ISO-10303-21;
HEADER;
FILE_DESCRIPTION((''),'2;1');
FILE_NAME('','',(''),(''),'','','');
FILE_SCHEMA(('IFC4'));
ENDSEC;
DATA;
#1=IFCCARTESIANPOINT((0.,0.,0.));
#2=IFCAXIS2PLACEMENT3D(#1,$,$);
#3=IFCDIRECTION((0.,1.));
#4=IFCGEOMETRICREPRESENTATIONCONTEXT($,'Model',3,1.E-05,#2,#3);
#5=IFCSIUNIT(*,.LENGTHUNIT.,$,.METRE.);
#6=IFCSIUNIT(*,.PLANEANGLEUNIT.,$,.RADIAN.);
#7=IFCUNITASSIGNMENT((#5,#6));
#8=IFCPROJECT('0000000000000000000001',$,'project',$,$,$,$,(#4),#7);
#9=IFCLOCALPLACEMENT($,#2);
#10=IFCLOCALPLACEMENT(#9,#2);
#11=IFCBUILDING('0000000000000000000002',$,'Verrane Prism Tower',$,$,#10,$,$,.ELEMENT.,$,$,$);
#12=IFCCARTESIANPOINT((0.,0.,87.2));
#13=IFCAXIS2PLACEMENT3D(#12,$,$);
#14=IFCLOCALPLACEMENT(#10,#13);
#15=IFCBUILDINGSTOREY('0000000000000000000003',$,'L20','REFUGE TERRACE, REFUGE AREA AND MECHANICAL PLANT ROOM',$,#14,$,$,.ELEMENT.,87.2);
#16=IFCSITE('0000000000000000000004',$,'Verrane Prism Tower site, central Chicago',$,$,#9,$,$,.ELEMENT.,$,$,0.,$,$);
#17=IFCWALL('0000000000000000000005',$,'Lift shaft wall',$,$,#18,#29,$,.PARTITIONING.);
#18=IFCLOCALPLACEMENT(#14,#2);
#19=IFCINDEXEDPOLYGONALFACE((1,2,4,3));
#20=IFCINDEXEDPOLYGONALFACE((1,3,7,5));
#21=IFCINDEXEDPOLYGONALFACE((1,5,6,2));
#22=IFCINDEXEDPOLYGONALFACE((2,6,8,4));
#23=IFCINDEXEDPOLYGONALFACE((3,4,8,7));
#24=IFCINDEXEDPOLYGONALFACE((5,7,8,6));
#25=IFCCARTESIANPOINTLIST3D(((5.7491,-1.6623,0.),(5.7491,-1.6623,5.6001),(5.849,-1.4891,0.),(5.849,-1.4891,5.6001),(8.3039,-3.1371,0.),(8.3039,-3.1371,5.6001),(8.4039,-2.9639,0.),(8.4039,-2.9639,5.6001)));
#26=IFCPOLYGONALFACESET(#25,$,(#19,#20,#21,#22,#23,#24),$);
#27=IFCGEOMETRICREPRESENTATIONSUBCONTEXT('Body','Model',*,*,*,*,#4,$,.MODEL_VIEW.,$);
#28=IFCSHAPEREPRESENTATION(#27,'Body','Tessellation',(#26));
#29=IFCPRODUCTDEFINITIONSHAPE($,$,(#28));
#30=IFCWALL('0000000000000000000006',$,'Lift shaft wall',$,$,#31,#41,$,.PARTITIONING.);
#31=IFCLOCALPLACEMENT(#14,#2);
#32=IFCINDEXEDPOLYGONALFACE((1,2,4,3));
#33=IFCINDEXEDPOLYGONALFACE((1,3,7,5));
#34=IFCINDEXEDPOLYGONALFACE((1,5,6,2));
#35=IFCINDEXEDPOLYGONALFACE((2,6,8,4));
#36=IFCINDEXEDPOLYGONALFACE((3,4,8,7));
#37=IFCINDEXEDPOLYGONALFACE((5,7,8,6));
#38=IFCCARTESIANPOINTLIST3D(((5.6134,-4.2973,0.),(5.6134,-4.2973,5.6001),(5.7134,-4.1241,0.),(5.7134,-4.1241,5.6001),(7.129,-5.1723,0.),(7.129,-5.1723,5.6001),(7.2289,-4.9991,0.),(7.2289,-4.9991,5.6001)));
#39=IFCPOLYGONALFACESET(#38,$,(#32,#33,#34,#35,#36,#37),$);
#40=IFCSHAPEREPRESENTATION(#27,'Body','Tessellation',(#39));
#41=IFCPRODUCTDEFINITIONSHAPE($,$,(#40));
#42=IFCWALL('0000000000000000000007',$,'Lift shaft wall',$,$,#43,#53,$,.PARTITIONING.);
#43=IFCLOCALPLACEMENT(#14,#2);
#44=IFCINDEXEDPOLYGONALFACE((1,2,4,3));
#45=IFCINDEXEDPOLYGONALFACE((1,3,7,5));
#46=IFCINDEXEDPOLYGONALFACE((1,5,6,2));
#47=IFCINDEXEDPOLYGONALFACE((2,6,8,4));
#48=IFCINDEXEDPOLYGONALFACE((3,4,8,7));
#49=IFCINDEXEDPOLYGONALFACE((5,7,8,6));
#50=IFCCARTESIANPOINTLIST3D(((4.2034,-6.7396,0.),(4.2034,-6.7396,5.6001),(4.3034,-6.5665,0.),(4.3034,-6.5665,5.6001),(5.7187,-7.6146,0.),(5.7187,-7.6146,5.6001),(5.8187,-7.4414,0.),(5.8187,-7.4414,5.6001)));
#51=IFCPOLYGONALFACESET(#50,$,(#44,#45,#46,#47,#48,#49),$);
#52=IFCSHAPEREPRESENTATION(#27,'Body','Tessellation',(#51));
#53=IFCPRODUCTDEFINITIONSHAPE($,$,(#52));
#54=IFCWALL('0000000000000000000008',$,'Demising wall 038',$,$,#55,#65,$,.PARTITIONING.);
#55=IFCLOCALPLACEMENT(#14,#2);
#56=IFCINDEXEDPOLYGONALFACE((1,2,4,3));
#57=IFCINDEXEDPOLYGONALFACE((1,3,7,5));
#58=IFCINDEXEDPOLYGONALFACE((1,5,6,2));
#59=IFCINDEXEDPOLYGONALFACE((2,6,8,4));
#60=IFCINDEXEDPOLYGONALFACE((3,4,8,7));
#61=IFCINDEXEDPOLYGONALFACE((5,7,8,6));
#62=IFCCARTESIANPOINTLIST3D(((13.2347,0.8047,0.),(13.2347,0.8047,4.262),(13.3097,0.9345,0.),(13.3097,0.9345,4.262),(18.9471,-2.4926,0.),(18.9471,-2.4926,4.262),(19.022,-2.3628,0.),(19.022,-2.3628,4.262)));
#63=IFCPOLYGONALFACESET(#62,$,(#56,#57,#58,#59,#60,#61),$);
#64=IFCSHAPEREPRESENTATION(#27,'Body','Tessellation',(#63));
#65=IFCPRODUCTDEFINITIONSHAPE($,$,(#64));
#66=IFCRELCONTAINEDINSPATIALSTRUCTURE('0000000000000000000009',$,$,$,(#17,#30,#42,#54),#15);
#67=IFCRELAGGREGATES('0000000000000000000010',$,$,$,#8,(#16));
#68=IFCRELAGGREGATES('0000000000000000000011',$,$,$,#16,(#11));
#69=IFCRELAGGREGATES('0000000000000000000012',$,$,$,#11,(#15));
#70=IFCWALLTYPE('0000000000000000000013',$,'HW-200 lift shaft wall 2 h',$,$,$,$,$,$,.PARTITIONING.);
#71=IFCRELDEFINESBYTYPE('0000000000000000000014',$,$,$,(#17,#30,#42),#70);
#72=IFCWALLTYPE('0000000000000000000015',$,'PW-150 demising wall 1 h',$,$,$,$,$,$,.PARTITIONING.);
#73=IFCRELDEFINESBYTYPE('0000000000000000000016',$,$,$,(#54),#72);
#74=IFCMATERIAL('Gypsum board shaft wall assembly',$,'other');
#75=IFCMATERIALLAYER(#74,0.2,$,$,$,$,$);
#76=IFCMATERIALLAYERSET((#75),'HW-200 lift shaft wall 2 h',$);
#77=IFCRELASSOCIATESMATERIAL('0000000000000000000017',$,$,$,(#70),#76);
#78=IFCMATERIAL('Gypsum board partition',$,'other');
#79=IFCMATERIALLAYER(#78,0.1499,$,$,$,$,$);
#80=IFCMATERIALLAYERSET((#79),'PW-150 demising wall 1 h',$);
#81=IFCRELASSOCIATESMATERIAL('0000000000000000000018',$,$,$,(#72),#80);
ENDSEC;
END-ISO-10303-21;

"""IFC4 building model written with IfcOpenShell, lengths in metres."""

from ifc_helpers import new_model, si_unit, direction, frame, frame_2d, origin, place, context, subcontext, project, spatial, rectangle, extrude, material, layer, layer_set, type_object, element, save


model = new_model("IFC4")

# Units and contexts
model_context = context("Model", 3, precision=1e-05, world=origin(), true_north=direction((0.0, 1.0)))
body_context = subcontext(model_context, "Body", "Model", "MODEL_VIEW")
ifc_project = project(units=[si_unit("LENGTHUNIT", "METRE"), si_unit("PLANEANGLEUNIT", "RADIAN")], contexts=[model_context])

# Site, building, storey
site_placement = place(None, origin())
site = spatial("IfcSite", under=ifc_project, at=site_placement, Name="Verrane Prism Tower site, central Chicago", CompositionType="ELEMENT", RefElevation=0.0)
building_placement = place(site_placement, origin())
building = spatial("IfcBuilding", under=site, at=building_placement, Name="Verrane Prism Tower", CompositionType="ELEMENT")
storey_placement = place(building_placement, frame((0.0, 0.0, 87.2)))
storey = spatial("IfcBuildingStorey", under=building, at=storey_placement, Name="L20", Description="REFUGE TERRACE, REFUGE AREA AND MECHANICAL PLANT ROOM", CompositionType="ELEMENT", Elevation=87.2)

# Walls
ifc_material_1 = material(Name="Gypsum board shaft wall assembly", Category="other")
ifc_layer_1 = layer(ifc_material_1, 0.2)
ifc_layer_set_1 = layer_set([ifc_layer_1], Name="HW-200 lift shaft wall 2 h")
wall_type_1 = type_object("IfcWallType", Name="HW-200 lift shaft wall 2 h", PredefinedType="PARTITIONING", material=ifc_layer_set_1)
wall_1_placement = place(storey_placement, frame((8.354, -3.0505, 0.0), z_axis=(0.0, 0.0, 1.0), x_axis=(-0.86606, 0.49994, 0.0)))
element("IfcWall", 1, at=wall_1_placement, inside=storey, type_object=wall_type_1, Name="Lift shaft wall", PredefinedType="PARTITIONING", context=body_context, shape_type="SweptSolid", body=[
    extrude(rectangle(XDim=2.95, YDim=0.2, at=frame_2d((1.4751, 0.0))), origin(), (0.0, 0.0, 1.0), 5.6001),
])
wall_2_placement = place(storey_placement, frame((7.179, -5.0857, 0.0), z_axis=(0.0, 0.0, 1.0), x_axis=(-0.866037, 0.49998, 0.0)))
element("IfcWall", 2, at=wall_2_placement, inside=storey, type_object=wall_type_1, Name="Lift shaft wall", PredefinedType="PARTITIONING", context=body_context, shape_type="SweptSolid", body=[
    extrude(rectangle(XDim=1.75, YDim=0.2, at=frame_2d((0.875, 0.0))), origin(), (0.0, 0.0, 1.0), 5.6001),
])
wall_3_placement = place(storey_placement, frame((5.7688, -7.5281, 0.0), z_axis=(0.0, 0.0, 1.0), x_axis=(-0.866002, 0.50004, 0.0)))
element("IfcWall", 3, at=wall_3_placement, inside=storey, type_object=wall_type_1, Name="Lift shaft wall", PredefinedType="PARTITIONING", context=body_context, shape_type="SweptSolid", body=[
    extrude(rectangle(XDim=1.7498, YDim=0.2, at=frame_2d((0.875, 0.0))), origin(), (0.0, 0.0, 1.0), 5.6001),
])
ifc_material_2 = material(Name="Gypsum board partition", Category="other")
ifc_layer_2 = layer(ifc_material_2, 0.1499)
ifc_layer_set_2 = layer_set([ifc_layer_2], Name="PW-150 demising wall 1 h")
wall_type_2 = type_object("IfcWallType", Name="PW-150 demising wall 1 h", PredefinedType="PARTITIONING", material=ifc_layer_set_2)
wall_4_placement = place(storey_placement, frame((13.2722, 0.8696, 0.0), z_axis=(0.0, 0.0, 1.0), x_axis=(0.866071, -0.499921, 0.0)))
element("IfcWall", 4, at=wall_4_placement, inside=storey, type_object=wall_type_2, Name="Demising wall 038", PredefinedType="PARTITIONING", context=body_context, shape_type="SweptSolid", body=[
    extrude(rectangle(XDim=6.5957, YDim=0.1499, at=frame_2d((3.2979, 0.0))), origin(), (0.0, 0.0, 1.0), 4.262),
])

save(model, "model.ifc")
